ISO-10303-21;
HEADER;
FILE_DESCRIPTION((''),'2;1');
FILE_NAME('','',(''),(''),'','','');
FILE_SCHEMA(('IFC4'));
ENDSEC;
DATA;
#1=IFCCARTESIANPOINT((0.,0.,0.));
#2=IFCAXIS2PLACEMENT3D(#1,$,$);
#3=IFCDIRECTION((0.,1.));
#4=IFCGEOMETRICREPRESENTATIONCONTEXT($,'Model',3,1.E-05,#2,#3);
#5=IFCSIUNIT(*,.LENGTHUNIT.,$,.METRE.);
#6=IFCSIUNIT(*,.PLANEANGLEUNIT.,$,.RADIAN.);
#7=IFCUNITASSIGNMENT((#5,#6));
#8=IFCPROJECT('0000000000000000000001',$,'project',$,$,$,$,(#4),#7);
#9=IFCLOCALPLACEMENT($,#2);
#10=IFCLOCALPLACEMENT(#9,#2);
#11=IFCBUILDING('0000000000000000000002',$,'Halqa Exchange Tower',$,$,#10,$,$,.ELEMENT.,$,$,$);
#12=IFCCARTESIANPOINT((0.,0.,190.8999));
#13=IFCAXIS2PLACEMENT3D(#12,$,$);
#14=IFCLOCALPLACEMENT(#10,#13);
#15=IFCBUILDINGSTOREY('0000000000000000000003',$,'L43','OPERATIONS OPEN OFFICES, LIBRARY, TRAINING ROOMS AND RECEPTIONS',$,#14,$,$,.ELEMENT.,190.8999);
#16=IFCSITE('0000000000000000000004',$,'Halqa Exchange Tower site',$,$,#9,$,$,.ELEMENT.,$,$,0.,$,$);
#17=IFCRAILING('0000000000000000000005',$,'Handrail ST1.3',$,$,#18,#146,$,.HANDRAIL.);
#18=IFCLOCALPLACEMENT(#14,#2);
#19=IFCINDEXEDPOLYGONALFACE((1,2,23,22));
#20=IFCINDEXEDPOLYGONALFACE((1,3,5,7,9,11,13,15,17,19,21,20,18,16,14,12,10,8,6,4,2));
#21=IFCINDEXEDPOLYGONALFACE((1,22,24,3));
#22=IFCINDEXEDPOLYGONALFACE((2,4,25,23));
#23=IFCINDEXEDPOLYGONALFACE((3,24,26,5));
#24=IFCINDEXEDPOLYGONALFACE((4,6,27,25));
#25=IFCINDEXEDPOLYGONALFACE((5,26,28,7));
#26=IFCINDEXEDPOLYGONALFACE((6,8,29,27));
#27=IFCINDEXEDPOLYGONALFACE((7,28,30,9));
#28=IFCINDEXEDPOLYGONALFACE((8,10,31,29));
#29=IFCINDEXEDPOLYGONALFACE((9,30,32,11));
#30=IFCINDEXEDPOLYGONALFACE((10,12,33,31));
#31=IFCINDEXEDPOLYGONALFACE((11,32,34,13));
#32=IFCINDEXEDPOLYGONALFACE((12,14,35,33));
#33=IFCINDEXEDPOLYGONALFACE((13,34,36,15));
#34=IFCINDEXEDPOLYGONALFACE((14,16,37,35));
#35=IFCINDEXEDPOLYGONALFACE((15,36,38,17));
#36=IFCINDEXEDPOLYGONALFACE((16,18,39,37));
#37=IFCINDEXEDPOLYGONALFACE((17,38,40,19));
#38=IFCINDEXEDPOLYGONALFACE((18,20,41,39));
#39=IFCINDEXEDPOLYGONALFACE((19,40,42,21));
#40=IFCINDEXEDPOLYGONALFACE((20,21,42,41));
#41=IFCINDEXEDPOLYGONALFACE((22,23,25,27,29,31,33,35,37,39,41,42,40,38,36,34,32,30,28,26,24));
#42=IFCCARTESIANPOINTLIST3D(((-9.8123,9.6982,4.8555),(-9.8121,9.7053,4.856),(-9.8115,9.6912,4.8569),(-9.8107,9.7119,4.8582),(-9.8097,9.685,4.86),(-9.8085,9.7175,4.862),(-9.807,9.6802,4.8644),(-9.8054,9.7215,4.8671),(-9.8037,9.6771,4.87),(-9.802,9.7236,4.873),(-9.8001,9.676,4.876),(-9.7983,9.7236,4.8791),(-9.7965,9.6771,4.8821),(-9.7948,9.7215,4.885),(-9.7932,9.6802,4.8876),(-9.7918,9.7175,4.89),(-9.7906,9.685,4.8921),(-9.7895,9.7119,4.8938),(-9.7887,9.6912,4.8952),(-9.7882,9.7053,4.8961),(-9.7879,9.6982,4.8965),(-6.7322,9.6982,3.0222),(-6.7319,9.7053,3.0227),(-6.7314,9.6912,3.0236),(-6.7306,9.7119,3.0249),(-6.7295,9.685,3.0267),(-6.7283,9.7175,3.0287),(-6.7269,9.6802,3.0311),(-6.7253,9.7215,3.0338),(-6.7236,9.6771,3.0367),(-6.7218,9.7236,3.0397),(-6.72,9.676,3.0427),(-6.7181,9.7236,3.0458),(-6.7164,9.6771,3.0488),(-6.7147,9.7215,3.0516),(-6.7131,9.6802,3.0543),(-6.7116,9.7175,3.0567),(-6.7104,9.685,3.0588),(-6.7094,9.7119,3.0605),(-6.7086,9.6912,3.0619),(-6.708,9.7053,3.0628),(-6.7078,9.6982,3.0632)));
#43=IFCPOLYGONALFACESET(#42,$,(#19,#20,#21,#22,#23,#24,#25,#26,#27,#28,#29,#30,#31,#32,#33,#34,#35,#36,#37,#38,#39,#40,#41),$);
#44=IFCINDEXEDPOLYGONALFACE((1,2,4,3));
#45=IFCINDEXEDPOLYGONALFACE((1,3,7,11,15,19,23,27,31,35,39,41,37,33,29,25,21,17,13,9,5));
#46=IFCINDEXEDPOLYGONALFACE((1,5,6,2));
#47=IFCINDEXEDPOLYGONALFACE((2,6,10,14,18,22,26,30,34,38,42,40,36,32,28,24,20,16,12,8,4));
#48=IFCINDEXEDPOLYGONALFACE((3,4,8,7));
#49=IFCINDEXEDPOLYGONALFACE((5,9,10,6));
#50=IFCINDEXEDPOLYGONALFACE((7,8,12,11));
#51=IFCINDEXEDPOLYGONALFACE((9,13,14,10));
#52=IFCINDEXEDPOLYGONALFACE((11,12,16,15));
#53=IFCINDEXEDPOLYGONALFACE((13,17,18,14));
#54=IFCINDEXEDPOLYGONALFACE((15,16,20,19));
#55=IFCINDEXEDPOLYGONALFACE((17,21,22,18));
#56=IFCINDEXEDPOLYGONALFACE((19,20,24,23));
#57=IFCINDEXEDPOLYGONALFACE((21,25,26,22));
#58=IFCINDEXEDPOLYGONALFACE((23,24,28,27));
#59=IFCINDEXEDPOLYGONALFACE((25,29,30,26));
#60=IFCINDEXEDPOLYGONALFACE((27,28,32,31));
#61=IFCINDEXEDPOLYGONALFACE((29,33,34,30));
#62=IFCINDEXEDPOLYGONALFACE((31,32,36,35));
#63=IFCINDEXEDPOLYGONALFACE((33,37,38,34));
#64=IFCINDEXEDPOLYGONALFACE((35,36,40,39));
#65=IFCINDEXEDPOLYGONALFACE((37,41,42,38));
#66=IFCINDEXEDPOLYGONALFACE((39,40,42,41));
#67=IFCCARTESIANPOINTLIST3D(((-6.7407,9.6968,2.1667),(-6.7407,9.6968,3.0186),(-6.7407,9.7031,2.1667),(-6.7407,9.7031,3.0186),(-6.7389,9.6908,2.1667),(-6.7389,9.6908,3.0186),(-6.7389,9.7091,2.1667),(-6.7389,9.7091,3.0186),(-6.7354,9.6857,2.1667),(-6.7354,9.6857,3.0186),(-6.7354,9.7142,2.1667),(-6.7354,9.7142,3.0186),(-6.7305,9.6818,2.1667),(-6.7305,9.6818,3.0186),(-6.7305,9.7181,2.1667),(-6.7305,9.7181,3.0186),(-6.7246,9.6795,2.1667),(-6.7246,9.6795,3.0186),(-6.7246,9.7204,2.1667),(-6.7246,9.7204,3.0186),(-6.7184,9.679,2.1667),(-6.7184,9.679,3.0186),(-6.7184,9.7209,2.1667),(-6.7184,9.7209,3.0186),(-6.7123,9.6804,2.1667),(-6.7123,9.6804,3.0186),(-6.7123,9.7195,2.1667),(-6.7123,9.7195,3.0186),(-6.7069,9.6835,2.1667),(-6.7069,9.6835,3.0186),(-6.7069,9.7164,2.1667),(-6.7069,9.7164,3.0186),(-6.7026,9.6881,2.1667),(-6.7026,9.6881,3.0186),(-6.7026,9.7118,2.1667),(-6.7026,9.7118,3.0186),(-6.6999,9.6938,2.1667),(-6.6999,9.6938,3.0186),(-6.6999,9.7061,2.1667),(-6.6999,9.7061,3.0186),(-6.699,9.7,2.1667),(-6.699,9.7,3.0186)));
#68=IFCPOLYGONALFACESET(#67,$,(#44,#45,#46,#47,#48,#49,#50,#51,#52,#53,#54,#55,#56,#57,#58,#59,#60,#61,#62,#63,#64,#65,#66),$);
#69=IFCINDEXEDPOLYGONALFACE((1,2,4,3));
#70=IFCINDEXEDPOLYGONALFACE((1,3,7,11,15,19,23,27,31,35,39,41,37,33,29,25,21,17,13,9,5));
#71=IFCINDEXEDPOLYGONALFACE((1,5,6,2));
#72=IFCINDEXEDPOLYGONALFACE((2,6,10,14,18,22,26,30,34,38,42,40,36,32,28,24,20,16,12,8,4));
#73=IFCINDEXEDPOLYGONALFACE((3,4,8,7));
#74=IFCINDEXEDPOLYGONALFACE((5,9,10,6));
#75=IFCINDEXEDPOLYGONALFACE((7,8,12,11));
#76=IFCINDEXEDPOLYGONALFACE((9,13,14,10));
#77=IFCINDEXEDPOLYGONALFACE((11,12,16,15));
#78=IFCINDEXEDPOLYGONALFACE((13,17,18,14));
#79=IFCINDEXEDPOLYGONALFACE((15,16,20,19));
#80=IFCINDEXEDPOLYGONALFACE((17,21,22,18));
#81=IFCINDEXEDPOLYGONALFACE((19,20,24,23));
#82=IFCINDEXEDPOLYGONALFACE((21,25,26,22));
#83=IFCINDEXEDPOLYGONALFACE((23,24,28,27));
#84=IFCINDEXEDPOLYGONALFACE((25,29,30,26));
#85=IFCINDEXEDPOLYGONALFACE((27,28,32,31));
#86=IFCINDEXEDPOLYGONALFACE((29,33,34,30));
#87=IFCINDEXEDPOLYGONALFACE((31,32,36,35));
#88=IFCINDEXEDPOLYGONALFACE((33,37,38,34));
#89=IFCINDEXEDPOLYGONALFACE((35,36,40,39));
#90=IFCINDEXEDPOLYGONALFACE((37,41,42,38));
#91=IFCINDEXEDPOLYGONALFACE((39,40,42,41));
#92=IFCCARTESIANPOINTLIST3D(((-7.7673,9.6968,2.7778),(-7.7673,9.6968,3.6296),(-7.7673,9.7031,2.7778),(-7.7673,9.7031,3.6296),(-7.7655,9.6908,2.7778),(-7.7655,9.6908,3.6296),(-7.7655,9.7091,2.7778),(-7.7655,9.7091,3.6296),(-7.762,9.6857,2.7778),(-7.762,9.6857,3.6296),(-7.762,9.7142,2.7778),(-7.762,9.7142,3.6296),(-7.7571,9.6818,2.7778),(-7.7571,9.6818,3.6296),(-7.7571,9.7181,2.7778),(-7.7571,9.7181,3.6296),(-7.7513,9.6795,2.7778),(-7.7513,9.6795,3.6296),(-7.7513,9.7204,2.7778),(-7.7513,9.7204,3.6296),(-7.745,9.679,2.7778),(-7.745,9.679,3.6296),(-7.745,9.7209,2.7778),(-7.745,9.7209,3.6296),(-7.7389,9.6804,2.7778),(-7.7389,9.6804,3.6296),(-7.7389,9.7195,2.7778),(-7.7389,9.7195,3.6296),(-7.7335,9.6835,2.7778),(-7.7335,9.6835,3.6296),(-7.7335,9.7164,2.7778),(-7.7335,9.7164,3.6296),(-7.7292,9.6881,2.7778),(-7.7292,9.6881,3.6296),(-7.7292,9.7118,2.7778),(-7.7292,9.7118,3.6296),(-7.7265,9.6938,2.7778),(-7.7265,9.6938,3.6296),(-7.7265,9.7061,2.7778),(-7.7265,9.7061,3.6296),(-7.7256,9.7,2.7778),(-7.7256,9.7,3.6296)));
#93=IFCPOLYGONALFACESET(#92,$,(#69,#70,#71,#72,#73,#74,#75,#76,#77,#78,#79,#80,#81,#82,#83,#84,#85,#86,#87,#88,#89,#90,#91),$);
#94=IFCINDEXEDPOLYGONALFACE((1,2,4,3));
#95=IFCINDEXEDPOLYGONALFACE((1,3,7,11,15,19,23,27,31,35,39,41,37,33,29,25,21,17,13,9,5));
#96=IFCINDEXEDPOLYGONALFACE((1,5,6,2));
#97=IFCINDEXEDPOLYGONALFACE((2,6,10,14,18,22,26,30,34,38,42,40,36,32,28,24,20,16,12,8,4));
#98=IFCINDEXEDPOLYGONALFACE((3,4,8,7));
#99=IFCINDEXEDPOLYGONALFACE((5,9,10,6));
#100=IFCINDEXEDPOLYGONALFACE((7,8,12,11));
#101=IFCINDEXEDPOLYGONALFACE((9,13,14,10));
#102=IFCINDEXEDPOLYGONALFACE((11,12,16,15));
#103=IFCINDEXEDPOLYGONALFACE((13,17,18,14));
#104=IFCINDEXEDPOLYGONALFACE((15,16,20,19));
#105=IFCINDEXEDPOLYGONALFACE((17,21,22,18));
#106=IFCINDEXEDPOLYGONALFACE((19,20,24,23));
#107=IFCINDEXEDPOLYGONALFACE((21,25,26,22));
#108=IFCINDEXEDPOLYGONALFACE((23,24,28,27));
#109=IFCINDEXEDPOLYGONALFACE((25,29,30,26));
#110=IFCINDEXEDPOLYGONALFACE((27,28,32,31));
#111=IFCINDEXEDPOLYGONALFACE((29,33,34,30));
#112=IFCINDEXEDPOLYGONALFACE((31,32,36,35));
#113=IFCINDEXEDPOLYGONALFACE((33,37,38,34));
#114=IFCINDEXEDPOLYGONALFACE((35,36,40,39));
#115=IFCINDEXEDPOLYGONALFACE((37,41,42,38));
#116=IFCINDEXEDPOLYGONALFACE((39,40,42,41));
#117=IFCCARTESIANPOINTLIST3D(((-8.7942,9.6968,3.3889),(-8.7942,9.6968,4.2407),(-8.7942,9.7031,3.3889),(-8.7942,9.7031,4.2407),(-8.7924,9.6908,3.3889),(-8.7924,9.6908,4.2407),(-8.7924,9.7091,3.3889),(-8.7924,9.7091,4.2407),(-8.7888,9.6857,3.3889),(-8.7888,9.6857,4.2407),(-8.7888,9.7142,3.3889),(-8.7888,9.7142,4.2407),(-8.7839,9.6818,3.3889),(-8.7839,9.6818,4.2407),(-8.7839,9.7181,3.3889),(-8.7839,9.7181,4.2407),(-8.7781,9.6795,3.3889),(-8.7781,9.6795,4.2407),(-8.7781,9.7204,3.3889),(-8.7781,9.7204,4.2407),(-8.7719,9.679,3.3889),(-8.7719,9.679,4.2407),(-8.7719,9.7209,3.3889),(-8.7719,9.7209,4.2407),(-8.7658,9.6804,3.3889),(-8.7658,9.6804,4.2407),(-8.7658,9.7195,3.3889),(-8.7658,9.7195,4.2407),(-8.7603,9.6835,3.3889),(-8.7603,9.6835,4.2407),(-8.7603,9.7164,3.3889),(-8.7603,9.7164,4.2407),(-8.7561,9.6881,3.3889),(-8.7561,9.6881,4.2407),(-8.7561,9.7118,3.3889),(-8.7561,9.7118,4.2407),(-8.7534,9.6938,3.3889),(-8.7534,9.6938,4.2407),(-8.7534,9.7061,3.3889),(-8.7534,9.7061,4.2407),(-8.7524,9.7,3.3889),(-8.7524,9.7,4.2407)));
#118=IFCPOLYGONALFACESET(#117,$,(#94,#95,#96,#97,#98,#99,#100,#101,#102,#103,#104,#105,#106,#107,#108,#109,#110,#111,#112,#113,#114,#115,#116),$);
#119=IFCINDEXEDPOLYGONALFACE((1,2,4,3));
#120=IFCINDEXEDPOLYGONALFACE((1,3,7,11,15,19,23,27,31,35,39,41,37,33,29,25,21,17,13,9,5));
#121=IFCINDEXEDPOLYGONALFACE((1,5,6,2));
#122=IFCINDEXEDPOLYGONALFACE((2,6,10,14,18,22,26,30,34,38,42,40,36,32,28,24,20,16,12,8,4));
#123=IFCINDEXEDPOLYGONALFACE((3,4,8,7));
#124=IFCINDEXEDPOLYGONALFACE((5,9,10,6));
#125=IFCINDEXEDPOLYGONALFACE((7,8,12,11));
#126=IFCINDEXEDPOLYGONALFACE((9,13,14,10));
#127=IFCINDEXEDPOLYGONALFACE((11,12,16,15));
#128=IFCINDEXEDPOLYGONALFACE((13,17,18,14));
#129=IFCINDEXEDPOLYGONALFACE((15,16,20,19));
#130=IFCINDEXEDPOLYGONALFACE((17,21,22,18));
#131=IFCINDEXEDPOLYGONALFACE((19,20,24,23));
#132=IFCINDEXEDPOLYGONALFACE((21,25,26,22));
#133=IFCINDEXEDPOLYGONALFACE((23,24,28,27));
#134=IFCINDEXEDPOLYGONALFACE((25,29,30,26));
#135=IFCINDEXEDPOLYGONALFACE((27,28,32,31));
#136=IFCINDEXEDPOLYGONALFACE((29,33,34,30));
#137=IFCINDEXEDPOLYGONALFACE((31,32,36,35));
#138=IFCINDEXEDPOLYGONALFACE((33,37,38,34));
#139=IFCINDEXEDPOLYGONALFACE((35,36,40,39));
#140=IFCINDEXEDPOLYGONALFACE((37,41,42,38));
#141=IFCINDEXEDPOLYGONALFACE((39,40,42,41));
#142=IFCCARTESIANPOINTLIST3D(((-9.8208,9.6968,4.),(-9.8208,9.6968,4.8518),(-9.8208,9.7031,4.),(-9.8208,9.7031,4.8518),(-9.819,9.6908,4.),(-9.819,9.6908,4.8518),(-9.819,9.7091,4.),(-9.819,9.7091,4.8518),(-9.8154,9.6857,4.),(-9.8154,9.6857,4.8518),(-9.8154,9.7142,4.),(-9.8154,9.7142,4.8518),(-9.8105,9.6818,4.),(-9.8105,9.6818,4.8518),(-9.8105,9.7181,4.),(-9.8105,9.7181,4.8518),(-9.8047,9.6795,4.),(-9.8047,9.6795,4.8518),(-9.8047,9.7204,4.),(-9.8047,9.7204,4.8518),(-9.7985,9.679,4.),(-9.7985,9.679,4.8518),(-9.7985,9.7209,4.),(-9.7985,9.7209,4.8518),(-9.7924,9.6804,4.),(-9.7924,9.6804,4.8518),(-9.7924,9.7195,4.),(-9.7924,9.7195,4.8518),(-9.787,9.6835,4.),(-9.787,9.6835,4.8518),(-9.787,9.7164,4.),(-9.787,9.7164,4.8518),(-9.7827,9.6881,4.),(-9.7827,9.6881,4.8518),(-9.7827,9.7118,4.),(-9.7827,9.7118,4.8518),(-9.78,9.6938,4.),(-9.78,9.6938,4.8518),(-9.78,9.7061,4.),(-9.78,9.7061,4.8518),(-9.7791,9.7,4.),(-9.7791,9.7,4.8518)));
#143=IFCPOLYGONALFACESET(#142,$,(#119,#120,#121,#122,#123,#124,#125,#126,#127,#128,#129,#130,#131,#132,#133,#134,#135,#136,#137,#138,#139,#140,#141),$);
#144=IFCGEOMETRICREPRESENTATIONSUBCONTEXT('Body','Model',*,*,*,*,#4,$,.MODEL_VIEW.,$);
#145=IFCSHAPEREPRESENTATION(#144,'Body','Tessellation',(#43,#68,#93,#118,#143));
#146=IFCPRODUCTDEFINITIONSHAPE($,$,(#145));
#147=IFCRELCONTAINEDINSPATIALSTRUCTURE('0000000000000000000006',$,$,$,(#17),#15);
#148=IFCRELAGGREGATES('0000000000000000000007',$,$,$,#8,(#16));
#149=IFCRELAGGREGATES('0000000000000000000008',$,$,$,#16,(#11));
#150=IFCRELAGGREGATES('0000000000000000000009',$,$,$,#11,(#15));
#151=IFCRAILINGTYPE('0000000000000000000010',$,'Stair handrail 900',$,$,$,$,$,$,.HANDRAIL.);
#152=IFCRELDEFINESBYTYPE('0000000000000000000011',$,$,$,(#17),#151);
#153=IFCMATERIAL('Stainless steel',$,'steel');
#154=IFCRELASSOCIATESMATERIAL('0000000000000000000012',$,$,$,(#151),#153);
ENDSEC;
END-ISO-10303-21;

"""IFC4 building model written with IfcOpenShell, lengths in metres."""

from ifc_helpers import new_model, si_unit, direction, frame, origin, origin_2d, place, context, subcontext, project, spatial, circle, extrude, material, type_object, element, save


model = new_model("IFC4")

# Units and contexts
model_context = context("Model", 3, precision=1e-05, world=origin(), true_north=direction((0.0, 1.0)))
body_context = subcontext(model_context, "Body", "Model", "MODEL_VIEW")
ifc_project = project(units=[si_unit("LENGTHUNIT", "METRE"), si_unit("PLANEANGLEUNIT", "RADIAN")], contexts=[model_context])

# Site, building, storey
site_placement = place(None, origin())
site = spatial("IfcSite", under=ifc_project, at=site_placement, Name="Halqa Exchange Tower site", CompositionType="ELEMENT", RefElevation=0.0)
building_placement = place(site_placement, origin())
building = spatial("IfcBuilding", under=site, at=building_placement, Name="Halqa Exchange Tower", CompositionType="ELEMENT")
storey_placement = place(building_placement, frame((0.0, 0.0, 190.8999)))
storey = spatial("IfcBuildingStorey", under=building, at=storey_placement, Name="L43", Description="OPERATIONS OPEN OFFICES, LIBRARY, TRAINING ROOMS AND RECEPTIONS", CompositionType="ELEMENT", Elevation=190.8999)

# Railing
ifc_material_1 = material(Name="Stainless steel", Category="steel")
railing_type_1 = type_object("IfcRailingType", Name="Stair handrail 900", PredefinedType="HANDRAIL", material=ifc_material_1)
railing_1_placement = place(storey_placement, frame((-6.72, 9.7, 2.1667)))
element("IfcRailing", 1, at=railing_1_placement, inside=storey, type_object=railing_type_1, Name="Handrail ST1.3", PredefinedType="HANDRAIL", context=body_context, shape_type="SweptSolid", body=[
    extrude(circle(Radius=0.0239, at=origin_2d()), frame((0.0, 0.0, 0.876), z_axis=(-0.859309, 0.0, 0.511458), x_axis=(0.0, -1.0, 0.0)), (0.0, 0.0, 1.0), 3.5845),
    extrude(circle(Radius=0.021, at=origin_2d()), origin(), (0.0, 0.0, 1.0), 0.8518),
    extrude(circle(Radius=0.021, at=origin_2d()), frame((-1.0266, 0.0, 0.6111)), (0.0, 0.0, 1.0), 0.8518),
    extrude(circle(Radius=0.021, at=origin_2d()), frame((-2.0535, 0.0, 1.2222)), (0.0, 0.0, 1.0), 0.8518),
    extrude(circle(Radius=0.021, at=origin_2d()), frame((-3.0801, 0.0, 1.8333)), (0.0, 0.0, 1.0), 0.8518),
])

save(model, "model.ifc")
